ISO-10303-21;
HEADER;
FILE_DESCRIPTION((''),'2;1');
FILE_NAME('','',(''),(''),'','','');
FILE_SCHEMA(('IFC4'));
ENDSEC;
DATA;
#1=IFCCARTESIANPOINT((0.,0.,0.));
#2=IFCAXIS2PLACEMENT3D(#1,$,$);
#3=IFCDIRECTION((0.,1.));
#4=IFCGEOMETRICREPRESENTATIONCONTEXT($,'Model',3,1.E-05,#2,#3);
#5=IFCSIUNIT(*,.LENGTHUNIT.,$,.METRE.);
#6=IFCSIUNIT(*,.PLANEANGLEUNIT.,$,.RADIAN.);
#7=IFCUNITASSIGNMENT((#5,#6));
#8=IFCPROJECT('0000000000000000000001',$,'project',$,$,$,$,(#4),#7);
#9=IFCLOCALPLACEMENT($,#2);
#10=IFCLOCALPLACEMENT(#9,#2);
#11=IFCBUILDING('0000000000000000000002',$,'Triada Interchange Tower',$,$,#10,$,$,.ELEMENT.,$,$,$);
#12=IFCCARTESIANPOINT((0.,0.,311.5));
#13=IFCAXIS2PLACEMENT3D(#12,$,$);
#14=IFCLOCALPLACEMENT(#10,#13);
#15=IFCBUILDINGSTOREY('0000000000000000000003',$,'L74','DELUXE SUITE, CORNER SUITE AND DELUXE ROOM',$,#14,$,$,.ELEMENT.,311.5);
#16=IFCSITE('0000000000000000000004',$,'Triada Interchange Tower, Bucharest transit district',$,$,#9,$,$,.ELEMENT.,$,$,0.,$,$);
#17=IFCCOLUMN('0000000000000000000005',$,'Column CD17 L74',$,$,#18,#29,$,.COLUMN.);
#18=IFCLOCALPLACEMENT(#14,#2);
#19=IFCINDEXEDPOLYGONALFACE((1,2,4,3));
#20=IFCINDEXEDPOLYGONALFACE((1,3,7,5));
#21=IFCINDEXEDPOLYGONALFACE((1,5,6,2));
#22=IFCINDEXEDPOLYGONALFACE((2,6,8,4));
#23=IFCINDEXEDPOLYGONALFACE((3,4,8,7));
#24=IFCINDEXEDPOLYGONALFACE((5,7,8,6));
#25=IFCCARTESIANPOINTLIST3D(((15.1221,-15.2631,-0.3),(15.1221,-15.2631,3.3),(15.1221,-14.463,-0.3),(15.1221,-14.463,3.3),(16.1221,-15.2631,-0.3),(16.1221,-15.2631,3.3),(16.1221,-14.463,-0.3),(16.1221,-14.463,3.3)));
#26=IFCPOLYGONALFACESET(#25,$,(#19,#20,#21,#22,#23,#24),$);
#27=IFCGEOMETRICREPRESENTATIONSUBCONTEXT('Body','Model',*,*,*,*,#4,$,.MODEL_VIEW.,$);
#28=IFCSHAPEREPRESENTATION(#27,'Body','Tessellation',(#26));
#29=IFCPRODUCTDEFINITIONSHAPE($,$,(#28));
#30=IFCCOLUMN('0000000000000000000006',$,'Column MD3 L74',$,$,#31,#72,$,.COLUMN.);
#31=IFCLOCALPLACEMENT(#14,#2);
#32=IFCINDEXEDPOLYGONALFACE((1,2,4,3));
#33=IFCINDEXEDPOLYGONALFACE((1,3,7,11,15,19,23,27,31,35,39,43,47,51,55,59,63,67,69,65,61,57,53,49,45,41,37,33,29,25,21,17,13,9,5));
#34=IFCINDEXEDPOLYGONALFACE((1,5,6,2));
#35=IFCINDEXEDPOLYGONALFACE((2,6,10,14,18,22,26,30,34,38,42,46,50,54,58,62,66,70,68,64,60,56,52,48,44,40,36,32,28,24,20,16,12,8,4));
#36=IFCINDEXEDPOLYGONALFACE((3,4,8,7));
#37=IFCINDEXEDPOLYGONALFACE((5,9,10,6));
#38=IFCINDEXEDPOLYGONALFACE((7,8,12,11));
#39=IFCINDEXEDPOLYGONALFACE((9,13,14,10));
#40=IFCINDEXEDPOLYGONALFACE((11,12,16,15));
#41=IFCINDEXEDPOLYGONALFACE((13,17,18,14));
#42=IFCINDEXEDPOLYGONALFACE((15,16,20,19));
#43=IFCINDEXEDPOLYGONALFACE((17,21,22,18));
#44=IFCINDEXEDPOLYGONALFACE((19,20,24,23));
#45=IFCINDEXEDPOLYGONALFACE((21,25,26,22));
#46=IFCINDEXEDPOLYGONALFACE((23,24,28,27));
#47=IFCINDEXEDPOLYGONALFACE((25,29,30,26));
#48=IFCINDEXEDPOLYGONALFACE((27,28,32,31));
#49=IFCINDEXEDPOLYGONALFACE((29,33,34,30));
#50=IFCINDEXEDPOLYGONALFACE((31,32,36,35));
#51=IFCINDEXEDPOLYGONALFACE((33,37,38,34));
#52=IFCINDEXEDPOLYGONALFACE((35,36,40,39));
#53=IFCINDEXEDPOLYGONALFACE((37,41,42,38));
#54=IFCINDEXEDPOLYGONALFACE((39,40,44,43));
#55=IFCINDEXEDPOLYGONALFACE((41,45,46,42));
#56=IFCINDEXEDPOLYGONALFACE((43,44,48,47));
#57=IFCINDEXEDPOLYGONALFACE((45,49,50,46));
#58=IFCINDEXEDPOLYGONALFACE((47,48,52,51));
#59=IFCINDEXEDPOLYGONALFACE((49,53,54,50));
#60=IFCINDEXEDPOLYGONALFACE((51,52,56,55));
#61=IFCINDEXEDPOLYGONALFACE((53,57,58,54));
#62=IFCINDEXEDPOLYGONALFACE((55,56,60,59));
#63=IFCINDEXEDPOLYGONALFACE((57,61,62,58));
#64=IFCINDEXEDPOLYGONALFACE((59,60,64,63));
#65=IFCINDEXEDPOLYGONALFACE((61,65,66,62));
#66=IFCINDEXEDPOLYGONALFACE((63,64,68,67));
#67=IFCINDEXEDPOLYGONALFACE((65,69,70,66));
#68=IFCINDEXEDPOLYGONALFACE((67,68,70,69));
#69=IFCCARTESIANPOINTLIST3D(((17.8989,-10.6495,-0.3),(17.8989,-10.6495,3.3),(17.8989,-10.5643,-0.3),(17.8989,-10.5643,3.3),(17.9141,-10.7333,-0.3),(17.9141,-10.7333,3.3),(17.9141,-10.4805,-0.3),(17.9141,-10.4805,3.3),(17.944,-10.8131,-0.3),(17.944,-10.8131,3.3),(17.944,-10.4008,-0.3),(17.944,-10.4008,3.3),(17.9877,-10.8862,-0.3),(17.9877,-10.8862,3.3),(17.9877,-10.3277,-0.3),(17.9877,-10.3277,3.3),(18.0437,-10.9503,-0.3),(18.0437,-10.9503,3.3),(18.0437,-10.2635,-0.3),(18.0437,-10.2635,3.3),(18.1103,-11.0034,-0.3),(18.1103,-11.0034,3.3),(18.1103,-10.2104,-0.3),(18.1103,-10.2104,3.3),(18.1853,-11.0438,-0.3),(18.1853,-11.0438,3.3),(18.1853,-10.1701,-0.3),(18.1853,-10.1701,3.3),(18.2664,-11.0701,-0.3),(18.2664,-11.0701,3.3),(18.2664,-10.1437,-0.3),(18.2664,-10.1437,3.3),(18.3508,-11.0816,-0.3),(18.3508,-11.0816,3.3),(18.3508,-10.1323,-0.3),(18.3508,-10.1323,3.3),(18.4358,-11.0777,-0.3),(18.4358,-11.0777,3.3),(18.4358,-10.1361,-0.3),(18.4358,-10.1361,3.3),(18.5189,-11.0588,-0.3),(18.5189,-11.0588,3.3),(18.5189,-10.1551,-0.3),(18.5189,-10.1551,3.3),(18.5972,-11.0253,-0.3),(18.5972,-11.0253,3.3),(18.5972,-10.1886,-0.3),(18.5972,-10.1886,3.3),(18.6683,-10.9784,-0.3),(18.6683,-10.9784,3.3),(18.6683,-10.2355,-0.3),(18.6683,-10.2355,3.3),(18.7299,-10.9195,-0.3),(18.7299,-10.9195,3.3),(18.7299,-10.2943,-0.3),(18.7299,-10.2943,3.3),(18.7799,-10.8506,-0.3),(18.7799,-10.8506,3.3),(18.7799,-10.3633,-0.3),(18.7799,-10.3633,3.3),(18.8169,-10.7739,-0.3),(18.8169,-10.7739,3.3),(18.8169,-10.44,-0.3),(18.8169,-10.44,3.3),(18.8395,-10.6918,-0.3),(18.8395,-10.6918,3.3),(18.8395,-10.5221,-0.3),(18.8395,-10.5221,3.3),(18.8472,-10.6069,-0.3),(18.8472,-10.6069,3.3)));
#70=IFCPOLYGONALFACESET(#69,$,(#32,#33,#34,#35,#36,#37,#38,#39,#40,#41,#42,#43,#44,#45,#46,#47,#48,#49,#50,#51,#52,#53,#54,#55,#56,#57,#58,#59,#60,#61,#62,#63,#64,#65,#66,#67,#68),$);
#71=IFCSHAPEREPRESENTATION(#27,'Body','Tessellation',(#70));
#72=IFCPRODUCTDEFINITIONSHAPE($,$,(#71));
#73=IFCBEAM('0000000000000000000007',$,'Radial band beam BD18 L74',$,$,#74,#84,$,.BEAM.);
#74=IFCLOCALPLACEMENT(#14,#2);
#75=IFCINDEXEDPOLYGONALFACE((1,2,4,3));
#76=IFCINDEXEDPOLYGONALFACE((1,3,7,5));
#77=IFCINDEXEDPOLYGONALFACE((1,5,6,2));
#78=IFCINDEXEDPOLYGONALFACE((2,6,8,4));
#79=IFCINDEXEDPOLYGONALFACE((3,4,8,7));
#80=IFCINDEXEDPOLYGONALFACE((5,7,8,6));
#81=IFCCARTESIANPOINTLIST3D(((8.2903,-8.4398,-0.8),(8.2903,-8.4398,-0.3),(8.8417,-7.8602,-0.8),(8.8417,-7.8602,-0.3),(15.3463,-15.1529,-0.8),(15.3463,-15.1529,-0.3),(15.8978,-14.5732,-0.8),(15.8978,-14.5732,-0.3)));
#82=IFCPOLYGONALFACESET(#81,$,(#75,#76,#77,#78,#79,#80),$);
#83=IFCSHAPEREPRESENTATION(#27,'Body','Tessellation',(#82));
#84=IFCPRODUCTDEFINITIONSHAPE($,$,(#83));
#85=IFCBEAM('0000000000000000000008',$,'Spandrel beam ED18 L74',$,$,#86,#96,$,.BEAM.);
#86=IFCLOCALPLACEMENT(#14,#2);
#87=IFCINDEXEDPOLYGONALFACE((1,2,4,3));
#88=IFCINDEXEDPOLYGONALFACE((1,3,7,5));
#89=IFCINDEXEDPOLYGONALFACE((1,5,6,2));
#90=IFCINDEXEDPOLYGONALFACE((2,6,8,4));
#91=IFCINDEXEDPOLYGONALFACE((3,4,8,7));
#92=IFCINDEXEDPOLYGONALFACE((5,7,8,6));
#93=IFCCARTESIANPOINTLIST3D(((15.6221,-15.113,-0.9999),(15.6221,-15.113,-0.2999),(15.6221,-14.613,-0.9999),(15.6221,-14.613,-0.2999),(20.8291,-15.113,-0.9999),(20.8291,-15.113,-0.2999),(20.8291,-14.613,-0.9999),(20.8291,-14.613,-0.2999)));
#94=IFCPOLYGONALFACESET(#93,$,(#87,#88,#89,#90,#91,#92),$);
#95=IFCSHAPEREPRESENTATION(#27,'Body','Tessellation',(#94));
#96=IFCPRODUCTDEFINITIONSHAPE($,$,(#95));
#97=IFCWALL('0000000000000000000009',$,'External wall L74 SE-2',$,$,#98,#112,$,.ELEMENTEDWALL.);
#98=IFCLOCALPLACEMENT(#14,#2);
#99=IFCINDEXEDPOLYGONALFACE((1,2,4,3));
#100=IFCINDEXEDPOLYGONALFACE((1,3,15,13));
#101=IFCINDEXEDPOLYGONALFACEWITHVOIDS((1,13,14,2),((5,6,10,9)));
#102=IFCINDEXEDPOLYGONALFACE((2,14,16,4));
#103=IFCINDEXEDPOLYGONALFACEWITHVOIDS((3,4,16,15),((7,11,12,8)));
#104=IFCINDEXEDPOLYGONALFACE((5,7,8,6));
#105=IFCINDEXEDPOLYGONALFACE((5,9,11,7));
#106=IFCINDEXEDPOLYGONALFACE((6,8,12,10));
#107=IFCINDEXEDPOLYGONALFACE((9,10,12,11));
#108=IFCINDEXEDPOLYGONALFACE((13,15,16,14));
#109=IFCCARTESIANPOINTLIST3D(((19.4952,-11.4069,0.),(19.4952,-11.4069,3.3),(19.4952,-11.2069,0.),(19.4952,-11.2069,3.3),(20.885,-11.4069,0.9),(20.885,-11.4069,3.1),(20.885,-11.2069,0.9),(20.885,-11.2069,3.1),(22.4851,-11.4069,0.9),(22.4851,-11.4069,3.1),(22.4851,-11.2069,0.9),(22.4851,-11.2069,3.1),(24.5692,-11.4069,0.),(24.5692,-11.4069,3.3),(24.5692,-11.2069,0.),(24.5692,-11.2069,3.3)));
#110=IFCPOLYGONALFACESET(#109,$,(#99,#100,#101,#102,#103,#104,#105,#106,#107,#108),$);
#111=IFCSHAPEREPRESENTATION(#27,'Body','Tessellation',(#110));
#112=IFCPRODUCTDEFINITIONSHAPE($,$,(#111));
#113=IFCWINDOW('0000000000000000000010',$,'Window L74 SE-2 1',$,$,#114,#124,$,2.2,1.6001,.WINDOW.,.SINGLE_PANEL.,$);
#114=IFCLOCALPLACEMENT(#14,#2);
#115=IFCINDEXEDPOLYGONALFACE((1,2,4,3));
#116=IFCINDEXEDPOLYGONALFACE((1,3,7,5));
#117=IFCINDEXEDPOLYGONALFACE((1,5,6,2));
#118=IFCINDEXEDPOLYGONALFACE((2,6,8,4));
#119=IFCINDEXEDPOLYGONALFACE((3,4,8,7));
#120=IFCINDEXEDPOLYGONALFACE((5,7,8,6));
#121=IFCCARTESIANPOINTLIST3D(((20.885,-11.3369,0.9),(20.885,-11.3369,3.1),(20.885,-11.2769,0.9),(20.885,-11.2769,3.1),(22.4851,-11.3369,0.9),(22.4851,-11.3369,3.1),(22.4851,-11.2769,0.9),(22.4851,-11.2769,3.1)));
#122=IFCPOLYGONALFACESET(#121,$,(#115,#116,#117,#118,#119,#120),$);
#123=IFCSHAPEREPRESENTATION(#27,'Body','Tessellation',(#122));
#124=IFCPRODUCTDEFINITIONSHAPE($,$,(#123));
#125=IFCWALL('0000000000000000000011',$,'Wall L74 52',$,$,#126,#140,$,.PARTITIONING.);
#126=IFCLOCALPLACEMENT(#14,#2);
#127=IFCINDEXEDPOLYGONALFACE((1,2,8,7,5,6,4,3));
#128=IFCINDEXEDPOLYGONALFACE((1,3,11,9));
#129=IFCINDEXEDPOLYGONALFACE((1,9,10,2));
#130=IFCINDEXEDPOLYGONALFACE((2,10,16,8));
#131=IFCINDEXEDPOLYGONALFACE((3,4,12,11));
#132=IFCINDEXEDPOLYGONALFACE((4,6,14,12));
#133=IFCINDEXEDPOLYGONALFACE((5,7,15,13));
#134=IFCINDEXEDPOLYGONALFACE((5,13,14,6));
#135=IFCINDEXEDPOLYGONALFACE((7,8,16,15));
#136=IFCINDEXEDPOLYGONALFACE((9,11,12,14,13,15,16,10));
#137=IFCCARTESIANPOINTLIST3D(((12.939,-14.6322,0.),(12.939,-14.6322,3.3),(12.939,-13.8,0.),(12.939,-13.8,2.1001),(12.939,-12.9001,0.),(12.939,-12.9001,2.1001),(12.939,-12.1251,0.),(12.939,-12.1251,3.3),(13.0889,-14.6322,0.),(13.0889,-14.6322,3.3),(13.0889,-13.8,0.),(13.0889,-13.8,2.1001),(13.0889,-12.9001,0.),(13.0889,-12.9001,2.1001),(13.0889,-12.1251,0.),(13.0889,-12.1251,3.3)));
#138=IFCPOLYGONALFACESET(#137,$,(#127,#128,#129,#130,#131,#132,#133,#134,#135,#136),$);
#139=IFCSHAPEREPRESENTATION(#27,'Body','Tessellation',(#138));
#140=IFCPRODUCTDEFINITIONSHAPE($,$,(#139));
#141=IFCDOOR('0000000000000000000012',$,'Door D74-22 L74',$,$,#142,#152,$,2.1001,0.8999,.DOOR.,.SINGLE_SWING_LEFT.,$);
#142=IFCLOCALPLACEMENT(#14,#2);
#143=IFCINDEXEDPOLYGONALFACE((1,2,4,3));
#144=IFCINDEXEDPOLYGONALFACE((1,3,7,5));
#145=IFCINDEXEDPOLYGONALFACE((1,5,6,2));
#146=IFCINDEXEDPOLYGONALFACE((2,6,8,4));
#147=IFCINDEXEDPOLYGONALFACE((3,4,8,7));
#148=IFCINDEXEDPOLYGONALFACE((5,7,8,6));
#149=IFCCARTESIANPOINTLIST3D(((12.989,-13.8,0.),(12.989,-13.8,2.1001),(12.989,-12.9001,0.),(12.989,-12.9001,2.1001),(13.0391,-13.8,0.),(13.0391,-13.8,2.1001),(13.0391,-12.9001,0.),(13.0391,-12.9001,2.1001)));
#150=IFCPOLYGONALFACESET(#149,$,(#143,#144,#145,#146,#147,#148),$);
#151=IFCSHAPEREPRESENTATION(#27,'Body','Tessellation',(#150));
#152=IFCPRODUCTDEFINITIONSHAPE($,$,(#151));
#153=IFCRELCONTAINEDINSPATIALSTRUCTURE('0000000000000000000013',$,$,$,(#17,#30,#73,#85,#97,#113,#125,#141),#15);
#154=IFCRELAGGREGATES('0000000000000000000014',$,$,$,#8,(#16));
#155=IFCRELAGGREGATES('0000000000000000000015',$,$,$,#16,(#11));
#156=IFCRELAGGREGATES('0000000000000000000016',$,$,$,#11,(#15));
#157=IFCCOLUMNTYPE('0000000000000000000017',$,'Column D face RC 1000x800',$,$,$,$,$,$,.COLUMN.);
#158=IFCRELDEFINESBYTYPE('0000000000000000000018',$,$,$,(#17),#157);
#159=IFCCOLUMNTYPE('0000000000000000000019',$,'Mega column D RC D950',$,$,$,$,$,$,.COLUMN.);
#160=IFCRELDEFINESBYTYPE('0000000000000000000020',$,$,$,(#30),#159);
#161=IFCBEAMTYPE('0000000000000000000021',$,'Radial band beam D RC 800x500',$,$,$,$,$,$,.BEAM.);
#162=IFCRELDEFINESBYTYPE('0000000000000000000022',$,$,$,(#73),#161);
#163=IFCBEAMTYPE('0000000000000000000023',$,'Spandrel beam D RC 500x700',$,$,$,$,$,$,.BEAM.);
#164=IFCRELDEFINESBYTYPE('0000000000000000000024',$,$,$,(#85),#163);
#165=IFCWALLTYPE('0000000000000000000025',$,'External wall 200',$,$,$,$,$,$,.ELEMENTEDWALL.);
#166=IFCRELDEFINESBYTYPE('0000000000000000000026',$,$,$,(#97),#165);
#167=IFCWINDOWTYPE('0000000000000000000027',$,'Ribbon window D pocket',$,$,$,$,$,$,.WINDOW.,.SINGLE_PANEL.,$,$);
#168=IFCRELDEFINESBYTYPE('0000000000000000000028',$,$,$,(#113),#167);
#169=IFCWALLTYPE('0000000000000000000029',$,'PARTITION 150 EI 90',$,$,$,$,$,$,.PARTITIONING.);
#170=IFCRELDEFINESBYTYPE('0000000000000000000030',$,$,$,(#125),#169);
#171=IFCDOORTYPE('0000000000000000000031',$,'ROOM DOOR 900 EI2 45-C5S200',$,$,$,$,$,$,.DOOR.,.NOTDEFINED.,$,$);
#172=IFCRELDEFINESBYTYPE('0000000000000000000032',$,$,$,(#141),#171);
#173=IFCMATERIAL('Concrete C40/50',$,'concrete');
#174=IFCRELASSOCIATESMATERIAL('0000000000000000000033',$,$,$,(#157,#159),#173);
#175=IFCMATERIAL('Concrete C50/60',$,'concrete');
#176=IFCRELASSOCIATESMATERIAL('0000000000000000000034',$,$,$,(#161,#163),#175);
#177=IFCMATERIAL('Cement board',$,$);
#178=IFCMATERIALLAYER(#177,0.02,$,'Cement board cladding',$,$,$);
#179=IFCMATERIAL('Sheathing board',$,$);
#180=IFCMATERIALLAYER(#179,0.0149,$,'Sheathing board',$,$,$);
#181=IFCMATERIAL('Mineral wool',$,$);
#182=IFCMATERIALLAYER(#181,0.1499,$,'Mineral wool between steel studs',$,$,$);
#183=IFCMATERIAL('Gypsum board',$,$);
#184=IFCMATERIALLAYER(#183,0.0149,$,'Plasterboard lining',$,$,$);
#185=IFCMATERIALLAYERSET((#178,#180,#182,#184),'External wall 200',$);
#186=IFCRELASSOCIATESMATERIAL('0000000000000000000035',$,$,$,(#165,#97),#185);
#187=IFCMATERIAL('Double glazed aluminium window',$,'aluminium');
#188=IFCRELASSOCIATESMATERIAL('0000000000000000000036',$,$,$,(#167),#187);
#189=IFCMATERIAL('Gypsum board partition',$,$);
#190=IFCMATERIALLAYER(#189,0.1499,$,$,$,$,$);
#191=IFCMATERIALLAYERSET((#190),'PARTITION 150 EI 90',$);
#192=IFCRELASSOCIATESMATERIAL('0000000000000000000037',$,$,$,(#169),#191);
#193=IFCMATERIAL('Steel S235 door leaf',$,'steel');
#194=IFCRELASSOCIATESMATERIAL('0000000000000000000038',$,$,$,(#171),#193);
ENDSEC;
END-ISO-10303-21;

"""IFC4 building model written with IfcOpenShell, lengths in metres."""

from ifc_helpers import new_model, si_unit, direction, frame, frame_2d, origin, origin_2d, place, context, subcontext, project, spatial, rectangle, circle, extrude, material, layer, layer_set, layer_usage, material_profile, profile_set, type_object, element, fill, save


model = new_model("IFC4")

# Units and contexts
model_context = context("Model", 3, precision=1e-05, world=origin(), true_north=direction((0.0, 1.0)))
body_context = subcontext(model_context, "Body", "Model", "MODEL_VIEW")
ifc_project = project(units=[si_unit("LENGTHUNIT", "METRE"), si_unit("PLANEANGLEUNIT", "RADIAN")], contexts=[model_context])

# Site, building, storey
site_placement = place(None, origin())
site = spatial("IfcSite", under=ifc_project, at=site_placement, Name="Triada Interchange Tower, Bucharest transit district", CompositionType="ELEMENT", RefElevation=0.0)
building_placement = place(site_placement, origin())
building = spatial("IfcBuilding", under=site, at=building_placement, Name="Triada Interchange Tower", CompositionType="ELEMENT")
storey_placement = place(building_placement, frame((0.0, 0.0, 311.5)))
storey = spatial("IfcBuildingStorey", under=building, at=storey_placement, Name="L74", Description="DELUXE SUITE, CORNER SUITE AND DELUXE ROOM", CompositionType="ELEMENT", Elevation=311.5)

# Columns
ifc_material_1 = material(Name="Concrete C40/50", Category="concrete")
ifc_material_profile_1 = material_profile(ifc_material_1, rectangle(XDim=1.0, YDim=0.8, at=origin_2d()), Name="RC 1000x800")
ifc_profile_set_1 = profile_set([ifc_material_profile_1], Name="Concrete C40/50")
column_type_1 = type_object("IfcColumnType", Name="Column D face RC 1000x800", PredefinedType="COLUMN", material=ifc_profile_set_1)
column_1_placement = place(storey_placement, frame((15.6221, -14.863, -0.3), z_axis=(0.0, 0.0, 1.0), x_axis=(1.0, 0.0, 0.0)))
element("IfcColumn", 1, at=column_1_placement, inside=storey, type_object=column_type_1, Name="Column CD17 L74", PredefinedType="COLUMN", context=body_context, shape_type="SweptSolid", body=[
    extrude(rectangle(XDim=1.0, YDim=0.8, at=origin_2d()), origin(), (0.0, 0.0, 1.0), 3.6001),
])
ifc_material_profile_2 = material_profile(ifc_material_1, circle(Radius=0.4751, at=origin_2d()), Name="RC D950")
ifc_profile_set_2 = profile_set([ifc_material_profile_2], Name="Concrete C40/50")
column_type_2 = type_object("IfcColumnType", Name="Mega column D RC D950", PredefinedType="COLUMN", material=ifc_profile_set_2)
column_2_placement = place(storey_placement, frame((18.3721, -10.6069, -0.3), z_axis=(0.0, 0.0, 1.0), x_axis=(1.0, 0.0, 0.0)))
element("IfcColumn", 2, at=column_2_placement, inside=storey, type_object=column_type_2, Name="Column MD3 L74", PredefinedType="COLUMN", context=body_context, shape_type="SweptSolid", body=[
    extrude(circle(Radius=0.4751, at=origin_2d()), origin(), (0.0, 0.0, 1.0), 3.6001),
])

# Beams
ifc_material_2 = material(Name="Concrete C50/60", Category="concrete")
ifc_material_profile_3 = material_profile(ifc_material_2, rectangle(XDim=0.8, YDim=0.5, at=origin_2d()), Name="RC 800x500")
ifc_profile_set_3 = profile_set([ifc_material_profile_3], Name="Concrete C50/60")
beam_type_1 = type_object("IfcBeamType", Name="Radial band beam D RC 800x500", PredefinedType="BEAM", material=ifc_profile_set_3)
beam_1_placement = place(storey_placement, frame((15.6221, -14.863, -0.55), z_axis=(-0.724497, 0.689278, 0.0), x_axis=(-0.689278, -0.724497, 0.0)))
element("IfcBeam", 3, at=beam_1_placement, inside=storey, type_object=beam_type_1, Name="Radial band beam BD18 L74", PredefinedType="BEAM", context=body_context, shape_type="SweptSolid", body=[
    extrude(rectangle(XDim=0.8, YDim=0.5, at=origin_2d()), origin(), (0.0, 0.0, 1.0), 9.7393),
])
ifc_material_profile_4 = material_profile(ifc_material_2, rectangle(XDim=0.5, YDim=0.7, at=origin_2d()), Name="RC 500x700")
ifc_profile_set_4 = profile_set([ifc_material_profile_4], Name="Concrete C50/60")
beam_type_2 = type_object("IfcBeamType", Name="Spandrel beam D RC 500x700", PredefinedType="BEAM", material=ifc_profile_set_4)
beam_2_placement = place(storey_placement, frame((15.6221, -14.863, -0.6499), z_axis=(1.0, 0.0, 0.0), x_axis=(0.0, 1.0, 0.0)))
element("IfcBeam", 4, at=beam_2_placement, inside=storey, type_object=beam_type_2, Name="Spandrel beam ED18 L74", PredefinedType="BEAM", context=body_context, shape_type="SweptSolid", body=[
    extrude(rectangle(XDim=0.5, YDim=0.7, at=origin_2d()), origin(), (0.0, 0.0, 1.0), 5.207),
])

# Wall, opening, window
ifc_material_3 = material(Name="Cement board")
ifc_layer_1 = layer(ifc_material_3, 0.02, Name="Cement board cladding")
ifc_material_4 = material(Name="Sheathing board")
ifc_layer_2 = layer(ifc_material_4, 0.0149, Name="Sheathing board")
ifc_material_5 = material(Name="Mineral wool")
ifc_layer_3 = layer(ifc_material_5, 0.1499, Name="Mineral wool between steel studs")
ifc_material_6 = material(Name="Gypsum board")
ifc_layer_4 = layer(ifc_material_6, 0.0149, Name="Plasterboard lining")
ifc_layer_set_1 = layer_set([ifc_layer_1, ifc_layer_2, ifc_layer_3, ifc_layer_4], Name="External wall 200")
ifc_layer_usage = layer_usage(ifc_layer_set_1, "AXIS2", "POSITIVE", -0.1001)
wall_type_1 = type_object("IfcWallType", Name="External wall 200", PredefinedType="ELEMENTEDWALL", material=ifc_layer_set_1)
wall_1_placement = place(storey_placement, frame((19.4951, -11.3069, 0.0), z_axis=(0.0, 0.0, 1.0), x_axis=(1.0, 0.0, 0.0)))
wall_1 = element("IfcWall", 5, at=wall_1_placement, inside=storey, type_object=wall_type_1, material=ifc_layer_usage, Name="External wall L74 SE-2", PredefinedType="ELEMENTEDWALL", context=body_context, shape_type="SweptSolid", body=[
    extrude(rectangle(XDim=5.074, YDim=0.2, at=frame_2d((2.5371, 0.0))), origin(), (0.0, 0.0, 1.0), 3.3),
])
opening_1_placement = place(wall_1_placement, frame((1.3899, 0.0, 0.8999)))
opening_1 = element("IfcOpeningElement", 6, at=opening_1_placement, cuts=wall_1, PredefinedType="OPENING", context=body_context, shape_type="SweptSolid", body=[
    extrude(rectangle(XDim=1.6001, YDim=2.2, at=frame_2d((0.8, 1.1001))), frame((0.0, 0.1099, 0.0), z_axis=(0.0, -1.0, 0.0), x_axis=(1.0, 0.0, 0.0)), (0.0, 0.0, 1.0), 0.22),
])
ifc_material_7 = material(Name="Double glazed aluminium window", Category="aluminium")
window_type = type_object("IfcWindowType", Name="Ribbon window D pocket", PartitioningType="SINGLE_PANEL", PredefinedType="WINDOW", material=ifc_material_7)
window_placement = place(opening_1_placement, origin())
window = element("IfcWindow", 7, at=window_placement, inside=storey, type_object=window_type, Name="Window L74 SE-2 1", OverallHeight=2.2, OverallWidth=1.6001, PartitioningType="SINGLE_PANEL", PredefinedType="WINDOW", context=body_context, shape_type="SweptSolid", body=[
    extrude(rectangle(XDim=1.6001, YDim=2.2, at=frame_2d((0.8, 1.1001))), frame((0.0, 0.03, 0.0), z_axis=(0.0, -1.0, 0.0), x_axis=(1.0, 0.0, 0.0)), (0.0, 0.0, 1.0), 0.0601),
])
fill(opening_1, window)

# Wall, opening, door
ifc_material_8 = material(Name="Gypsum board partition")
ifc_layer_5 = layer(ifc_material_8, 0.1499)
ifc_layer_set_2 = layer_set([ifc_layer_5], Name="PARTITION 150 EI 90")
wall_type_2 = type_object("IfcWallType", Name="PARTITION 150 EI 90", PredefinedType="PARTITIONING", material=ifc_layer_set_2)
wall_2_placement = place(storey_placement, frame((13.0139, -14.6321, 0.0), z_axis=(0.0, 0.0, 1.0), x_axis=(0.0, 1.0, 0.0)))
wall_2 = element("IfcWall", 8, at=wall_2_placement, inside=storey, type_object=wall_type_2, Name="Wall L74 52", PredefinedType="PARTITIONING", context=body_context, shape_type="SweptSolid", body=[
    extrude(rectangle(XDim=2.5071, YDim=0.1499, at=frame_2d((1.2534, 0.0))), origin(), (0.0, 0.0, 1.0), 3.3),
])
opening_2_placement = place(wall_2_placement, frame((0.832, 0.0, 0.0)))
opening_2 = element("IfcOpeningElement", 9, at=opening_2_placement, cuts=wall_2, PredefinedType="OPENING", context=body_context, shape_type="SweptSolid", body=[
    extrude(rectangle(XDim=0.8999, YDim=2.1001, at=frame_2d((0.45, 1.05))), frame((0.0, 0.085, 0.0), z_axis=(0.0, -1.0, 0.0), x_axis=(1.0, 0.0, 0.0)), (0.0, 0.0, 1.0), 0.1699),
])
ifc_material_9 = material(Name="Steel S235 door leaf", Category="steel")
door_type = type_object("IfcDoorType", Name="ROOM DOOR 900 EI2 45-C5S200", OperationType="NOTDEFINED", PredefinedType="DOOR", material=ifc_material_9)
door_placement = place(opening_2_placement, origin())
door = element("IfcDoor", 10, at=door_placement, inside=storey, type_object=door_type, Name="Door D74-22 L74", OperationType="SINGLE_SWING_LEFT", OverallHeight=2.1001, OverallWidth=0.8999, PredefinedType="DOOR", context=body_context, shape_type="SweptSolid", body=[
    extrude(rectangle(XDim=0.8999, YDim=2.1001, at=frame_2d((0.45, 1.05))), frame((0.0, 0.0249, 0.0), z_axis=(0.0, -1.0, 0.0), x_axis=(1.0, 0.0, 0.0)), (0.0, 0.0, 1.0), 0.05),
])
fill(opening_2, door)

save(model, "model.ifc")
